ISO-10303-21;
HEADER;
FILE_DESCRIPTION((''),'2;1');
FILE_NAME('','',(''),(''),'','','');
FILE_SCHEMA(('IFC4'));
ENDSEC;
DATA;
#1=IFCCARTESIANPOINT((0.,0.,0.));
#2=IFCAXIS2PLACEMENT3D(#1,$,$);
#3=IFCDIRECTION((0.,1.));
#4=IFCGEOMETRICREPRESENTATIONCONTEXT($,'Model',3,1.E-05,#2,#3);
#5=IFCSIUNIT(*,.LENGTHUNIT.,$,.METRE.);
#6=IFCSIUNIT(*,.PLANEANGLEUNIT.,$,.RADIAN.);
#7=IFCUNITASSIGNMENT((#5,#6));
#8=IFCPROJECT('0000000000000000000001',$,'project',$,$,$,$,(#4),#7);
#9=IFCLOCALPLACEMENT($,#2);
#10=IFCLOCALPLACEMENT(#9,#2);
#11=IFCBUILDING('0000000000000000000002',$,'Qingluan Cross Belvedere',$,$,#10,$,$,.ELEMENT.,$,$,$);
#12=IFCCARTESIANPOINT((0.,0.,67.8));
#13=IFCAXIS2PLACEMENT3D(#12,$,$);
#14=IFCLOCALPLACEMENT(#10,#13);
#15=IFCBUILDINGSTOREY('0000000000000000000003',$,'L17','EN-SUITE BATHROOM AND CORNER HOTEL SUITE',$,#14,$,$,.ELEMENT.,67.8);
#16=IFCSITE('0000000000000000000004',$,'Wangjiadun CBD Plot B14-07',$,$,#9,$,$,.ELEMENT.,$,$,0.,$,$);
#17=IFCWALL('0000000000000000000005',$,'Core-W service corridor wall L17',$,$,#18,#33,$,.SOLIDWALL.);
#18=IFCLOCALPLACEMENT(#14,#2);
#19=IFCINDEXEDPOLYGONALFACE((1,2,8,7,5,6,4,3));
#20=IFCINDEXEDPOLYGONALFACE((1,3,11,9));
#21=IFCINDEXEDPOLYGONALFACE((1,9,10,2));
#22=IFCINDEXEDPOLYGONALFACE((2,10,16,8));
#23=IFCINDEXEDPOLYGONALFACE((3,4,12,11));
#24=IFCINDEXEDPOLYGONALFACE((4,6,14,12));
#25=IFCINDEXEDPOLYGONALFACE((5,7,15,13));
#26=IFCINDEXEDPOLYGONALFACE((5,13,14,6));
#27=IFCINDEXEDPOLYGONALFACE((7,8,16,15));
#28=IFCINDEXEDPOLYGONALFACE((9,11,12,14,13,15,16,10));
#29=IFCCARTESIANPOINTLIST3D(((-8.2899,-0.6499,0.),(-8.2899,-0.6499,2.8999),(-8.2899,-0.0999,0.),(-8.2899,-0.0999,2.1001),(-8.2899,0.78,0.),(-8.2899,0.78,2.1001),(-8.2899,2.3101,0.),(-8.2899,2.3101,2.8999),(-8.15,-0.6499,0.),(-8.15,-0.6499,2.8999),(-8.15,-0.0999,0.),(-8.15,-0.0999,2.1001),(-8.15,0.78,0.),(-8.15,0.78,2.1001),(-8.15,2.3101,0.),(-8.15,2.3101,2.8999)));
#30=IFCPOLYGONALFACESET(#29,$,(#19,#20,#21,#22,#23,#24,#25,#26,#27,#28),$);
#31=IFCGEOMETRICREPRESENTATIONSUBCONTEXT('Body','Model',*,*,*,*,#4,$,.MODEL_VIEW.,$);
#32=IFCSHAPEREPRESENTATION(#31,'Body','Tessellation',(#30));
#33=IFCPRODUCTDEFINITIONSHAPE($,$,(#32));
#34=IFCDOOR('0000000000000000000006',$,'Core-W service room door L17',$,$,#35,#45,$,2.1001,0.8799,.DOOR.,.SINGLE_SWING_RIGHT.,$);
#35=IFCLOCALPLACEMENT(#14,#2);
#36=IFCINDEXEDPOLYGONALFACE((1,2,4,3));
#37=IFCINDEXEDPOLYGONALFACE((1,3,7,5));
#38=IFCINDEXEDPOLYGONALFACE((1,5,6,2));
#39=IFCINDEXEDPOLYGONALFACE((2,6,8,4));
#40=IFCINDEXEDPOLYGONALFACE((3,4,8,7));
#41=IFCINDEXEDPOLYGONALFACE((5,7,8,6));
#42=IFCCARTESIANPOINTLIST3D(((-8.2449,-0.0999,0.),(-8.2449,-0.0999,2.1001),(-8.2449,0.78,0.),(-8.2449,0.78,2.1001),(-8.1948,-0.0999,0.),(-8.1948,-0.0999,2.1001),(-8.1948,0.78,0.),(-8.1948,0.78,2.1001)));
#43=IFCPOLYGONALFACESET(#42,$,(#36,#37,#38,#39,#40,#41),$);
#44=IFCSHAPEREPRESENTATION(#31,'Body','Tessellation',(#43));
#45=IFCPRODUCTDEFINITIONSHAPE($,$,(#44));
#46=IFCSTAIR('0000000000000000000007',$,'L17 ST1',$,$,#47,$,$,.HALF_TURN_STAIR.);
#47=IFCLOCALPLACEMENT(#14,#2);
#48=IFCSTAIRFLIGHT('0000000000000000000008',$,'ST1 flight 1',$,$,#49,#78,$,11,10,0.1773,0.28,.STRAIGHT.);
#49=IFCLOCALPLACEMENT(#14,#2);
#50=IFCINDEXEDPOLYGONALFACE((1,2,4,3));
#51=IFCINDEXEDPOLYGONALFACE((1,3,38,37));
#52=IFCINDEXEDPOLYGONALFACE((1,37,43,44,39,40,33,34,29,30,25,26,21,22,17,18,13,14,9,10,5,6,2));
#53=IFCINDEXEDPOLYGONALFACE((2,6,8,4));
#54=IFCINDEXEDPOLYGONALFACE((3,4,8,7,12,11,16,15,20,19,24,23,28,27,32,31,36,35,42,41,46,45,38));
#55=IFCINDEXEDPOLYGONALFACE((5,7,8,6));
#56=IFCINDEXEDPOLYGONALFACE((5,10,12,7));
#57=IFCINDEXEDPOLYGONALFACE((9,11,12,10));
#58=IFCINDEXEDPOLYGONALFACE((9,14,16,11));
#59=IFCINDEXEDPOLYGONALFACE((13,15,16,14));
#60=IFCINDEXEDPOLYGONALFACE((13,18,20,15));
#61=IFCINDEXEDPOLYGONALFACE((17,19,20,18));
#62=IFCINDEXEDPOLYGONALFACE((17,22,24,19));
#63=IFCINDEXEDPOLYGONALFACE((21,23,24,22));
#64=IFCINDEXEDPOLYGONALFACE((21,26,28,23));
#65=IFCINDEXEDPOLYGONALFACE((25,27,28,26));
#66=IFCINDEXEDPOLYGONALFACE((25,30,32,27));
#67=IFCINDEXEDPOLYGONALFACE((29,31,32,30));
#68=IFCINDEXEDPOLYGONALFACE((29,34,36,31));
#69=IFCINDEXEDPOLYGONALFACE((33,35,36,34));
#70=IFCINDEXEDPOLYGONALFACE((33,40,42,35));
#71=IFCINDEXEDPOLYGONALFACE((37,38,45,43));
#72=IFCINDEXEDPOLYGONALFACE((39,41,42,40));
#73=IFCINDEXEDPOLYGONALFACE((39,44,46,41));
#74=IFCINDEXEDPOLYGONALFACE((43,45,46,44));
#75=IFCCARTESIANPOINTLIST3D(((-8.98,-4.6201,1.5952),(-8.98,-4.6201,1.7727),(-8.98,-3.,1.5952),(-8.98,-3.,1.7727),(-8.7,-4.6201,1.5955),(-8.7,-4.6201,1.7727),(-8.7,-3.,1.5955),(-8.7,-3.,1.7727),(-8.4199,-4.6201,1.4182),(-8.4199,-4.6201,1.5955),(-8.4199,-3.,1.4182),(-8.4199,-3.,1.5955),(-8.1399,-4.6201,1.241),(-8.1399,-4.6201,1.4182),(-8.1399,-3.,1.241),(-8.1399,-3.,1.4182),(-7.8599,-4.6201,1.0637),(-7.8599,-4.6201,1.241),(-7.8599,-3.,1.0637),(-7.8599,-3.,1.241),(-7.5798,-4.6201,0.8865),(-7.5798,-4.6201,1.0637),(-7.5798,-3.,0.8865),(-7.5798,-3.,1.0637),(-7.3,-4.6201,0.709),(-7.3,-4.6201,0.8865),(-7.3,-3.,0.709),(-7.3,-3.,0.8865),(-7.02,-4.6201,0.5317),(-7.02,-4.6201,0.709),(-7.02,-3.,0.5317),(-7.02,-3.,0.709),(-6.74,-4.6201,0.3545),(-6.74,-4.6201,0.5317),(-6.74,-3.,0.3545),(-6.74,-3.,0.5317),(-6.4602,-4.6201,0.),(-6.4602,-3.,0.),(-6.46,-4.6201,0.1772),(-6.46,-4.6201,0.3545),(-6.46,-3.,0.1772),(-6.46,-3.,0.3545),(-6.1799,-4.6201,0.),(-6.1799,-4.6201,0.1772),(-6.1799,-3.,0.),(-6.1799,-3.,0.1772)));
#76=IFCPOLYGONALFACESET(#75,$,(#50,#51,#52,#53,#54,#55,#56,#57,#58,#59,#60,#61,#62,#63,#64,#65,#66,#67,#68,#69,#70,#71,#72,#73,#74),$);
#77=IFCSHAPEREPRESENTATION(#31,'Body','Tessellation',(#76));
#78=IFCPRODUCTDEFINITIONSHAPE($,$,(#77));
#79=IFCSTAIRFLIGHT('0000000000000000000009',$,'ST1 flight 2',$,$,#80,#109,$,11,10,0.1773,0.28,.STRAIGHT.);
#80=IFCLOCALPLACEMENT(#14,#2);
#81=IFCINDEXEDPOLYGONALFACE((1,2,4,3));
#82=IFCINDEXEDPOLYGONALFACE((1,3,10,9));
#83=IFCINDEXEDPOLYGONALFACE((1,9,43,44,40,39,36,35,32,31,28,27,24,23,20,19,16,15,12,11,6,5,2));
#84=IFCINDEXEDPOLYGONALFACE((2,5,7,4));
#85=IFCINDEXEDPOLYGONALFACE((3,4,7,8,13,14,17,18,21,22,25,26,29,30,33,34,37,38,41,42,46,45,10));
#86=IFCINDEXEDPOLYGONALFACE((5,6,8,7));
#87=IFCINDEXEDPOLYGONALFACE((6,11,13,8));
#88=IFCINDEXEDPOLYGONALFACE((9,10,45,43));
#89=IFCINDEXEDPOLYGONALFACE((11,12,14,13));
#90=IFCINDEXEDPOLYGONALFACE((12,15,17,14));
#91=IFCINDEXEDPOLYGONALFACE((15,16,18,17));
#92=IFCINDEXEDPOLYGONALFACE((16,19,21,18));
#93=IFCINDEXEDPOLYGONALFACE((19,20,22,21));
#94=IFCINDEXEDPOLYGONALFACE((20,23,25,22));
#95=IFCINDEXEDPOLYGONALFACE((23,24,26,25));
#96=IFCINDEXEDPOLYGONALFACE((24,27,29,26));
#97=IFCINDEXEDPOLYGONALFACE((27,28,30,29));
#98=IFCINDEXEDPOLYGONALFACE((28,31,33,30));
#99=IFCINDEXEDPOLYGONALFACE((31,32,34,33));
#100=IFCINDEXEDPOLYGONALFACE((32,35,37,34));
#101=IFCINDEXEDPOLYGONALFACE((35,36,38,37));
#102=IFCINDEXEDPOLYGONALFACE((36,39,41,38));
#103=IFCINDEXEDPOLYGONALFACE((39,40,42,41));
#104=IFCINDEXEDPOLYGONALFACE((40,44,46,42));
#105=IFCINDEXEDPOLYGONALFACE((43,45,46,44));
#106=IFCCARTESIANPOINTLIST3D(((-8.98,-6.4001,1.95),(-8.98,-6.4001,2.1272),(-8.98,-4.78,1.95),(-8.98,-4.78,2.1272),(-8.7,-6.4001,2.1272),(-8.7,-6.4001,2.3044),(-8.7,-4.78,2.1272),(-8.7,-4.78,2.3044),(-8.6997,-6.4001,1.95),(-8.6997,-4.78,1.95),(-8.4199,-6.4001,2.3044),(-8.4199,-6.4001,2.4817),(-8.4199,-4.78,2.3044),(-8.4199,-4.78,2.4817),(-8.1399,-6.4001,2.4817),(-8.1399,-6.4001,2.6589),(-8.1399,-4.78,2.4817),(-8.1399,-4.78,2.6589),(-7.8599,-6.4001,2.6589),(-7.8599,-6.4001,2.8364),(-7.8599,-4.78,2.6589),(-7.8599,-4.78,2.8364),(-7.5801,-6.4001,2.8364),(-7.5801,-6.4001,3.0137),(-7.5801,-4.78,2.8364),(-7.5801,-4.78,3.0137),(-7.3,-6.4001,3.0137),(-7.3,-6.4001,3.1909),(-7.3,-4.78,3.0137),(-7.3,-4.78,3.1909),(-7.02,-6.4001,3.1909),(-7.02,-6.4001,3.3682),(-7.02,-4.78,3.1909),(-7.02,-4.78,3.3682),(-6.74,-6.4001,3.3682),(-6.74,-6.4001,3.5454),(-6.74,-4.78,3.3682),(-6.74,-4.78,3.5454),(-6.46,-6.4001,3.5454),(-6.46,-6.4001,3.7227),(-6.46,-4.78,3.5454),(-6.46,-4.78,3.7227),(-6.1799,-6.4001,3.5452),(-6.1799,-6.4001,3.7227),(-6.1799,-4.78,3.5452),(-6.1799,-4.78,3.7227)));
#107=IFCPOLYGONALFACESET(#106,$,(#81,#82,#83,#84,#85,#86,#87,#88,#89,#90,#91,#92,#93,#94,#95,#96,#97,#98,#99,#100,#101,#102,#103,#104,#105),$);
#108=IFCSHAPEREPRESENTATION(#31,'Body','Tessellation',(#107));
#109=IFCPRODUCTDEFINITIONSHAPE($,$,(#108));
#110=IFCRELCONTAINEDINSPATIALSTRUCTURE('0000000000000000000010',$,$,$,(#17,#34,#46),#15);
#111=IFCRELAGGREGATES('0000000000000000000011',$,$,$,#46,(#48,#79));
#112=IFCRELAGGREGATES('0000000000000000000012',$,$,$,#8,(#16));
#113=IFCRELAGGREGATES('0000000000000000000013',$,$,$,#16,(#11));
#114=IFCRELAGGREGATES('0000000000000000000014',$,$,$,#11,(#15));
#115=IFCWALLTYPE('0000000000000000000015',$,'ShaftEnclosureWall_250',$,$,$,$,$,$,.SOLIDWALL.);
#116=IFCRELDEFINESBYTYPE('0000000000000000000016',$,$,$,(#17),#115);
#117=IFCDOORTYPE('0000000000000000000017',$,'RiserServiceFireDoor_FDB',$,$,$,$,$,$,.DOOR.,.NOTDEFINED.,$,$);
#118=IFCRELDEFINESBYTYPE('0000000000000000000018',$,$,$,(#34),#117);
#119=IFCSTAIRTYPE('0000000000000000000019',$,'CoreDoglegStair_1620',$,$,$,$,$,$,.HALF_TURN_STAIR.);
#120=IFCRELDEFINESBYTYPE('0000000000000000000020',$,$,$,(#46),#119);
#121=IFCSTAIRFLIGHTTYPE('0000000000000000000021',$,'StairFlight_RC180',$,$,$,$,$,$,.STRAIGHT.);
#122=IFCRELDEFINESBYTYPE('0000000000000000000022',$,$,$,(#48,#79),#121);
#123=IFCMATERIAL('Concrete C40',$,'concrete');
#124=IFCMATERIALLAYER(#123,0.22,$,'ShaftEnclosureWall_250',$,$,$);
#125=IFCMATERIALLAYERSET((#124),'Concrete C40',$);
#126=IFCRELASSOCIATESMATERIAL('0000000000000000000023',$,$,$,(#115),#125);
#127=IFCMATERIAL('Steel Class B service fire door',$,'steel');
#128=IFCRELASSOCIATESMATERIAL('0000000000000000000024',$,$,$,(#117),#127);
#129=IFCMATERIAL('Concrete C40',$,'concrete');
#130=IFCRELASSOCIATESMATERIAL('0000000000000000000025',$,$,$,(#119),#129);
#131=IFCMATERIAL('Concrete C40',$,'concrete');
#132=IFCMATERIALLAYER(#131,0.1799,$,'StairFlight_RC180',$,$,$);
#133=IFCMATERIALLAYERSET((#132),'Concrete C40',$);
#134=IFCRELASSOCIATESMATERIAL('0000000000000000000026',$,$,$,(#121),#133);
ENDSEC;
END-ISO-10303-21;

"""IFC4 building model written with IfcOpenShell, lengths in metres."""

from ifc_helpers import new_model, si_unit, direction, frame, frame_2d, origin, place, context, subcontext, project, spatial, polyline, rectangle, outline, extrude, material, layer, layer_set, type_object, element, fill, aggregate, save


model = new_model("IFC4")

# Units and contexts
model_context = context("Model", 3, precision=1e-05, world=origin(), true_north=direction((0.0, 1.0)))
body_context = subcontext(model_context, "Body", "Model", "MODEL_VIEW")
ifc_project = project(units=[si_unit("LENGTHUNIT", "METRE"), si_unit("PLANEANGLEUNIT", "RADIAN")], contexts=[model_context])

# Site, building, storey
site_placement = place(None, origin())
site = spatial("IfcSite", under=ifc_project, at=site_placement, Name="Wangjiadun CBD Plot B14-07", CompositionType="ELEMENT", RefElevation=0.0)
building_placement = place(site_placement, origin())
building = spatial("IfcBuilding", under=site, at=building_placement, Name="Qingluan Cross Belvedere", CompositionType="ELEMENT")
storey_placement = place(building_placement, frame((0.0, 0.0, 67.8)))
storey = spatial("IfcBuildingStorey", under=building, at=storey_placement, Name="L17", Description="EN-SUITE BATHROOM AND CORNER HOTEL SUITE", CompositionType="ELEMENT", Elevation=67.8)

# Shared definitions
ifc_material_1 = material(Name="Concrete C40", Category="concrete")
ifc_layer_1 = layer(ifc_material_1, 0.22, Name="ShaftEnclosureWall_250")
ifc_layer_set_1 = layer_set([ifc_layer_1], Name="Concrete C40")
wall_type_1 = type_object("IfcWallType", Name="ShaftEnclosureWall_250", PredefinedType="SOLIDWALL", material=ifc_layer_set_1)

# Wall, opening, door
wall_1_placement = place(storey_placement, frame((-8.22, -0.6499, 0.0), z_axis=(0.0, 0.0, 1.0), x_axis=(0.0, 1.0, 0.0)))
wall_1 = element("IfcWall", 1, at=wall_1_placement, inside=storey, type_object=wall_type_1, Name="Core-W service corridor wall L17", PredefinedType="SOLIDWALL", context=body_context, shape_type="SweptSolid", body=[
    extrude(rectangle(XDim=2.96, YDim=0.1399, at=frame_2d((1.48, 0.0))), origin(), (0.0, 0.0, 1.0), 2.8999),
])
opening_1_placement = place(wall_1_placement, frame((0.55, 0.0, 0.0)))
opening_1 = element("IfcOpeningElement", 2, at=opening_1_placement, cuts=wall_1, PredefinedType="OPENING", context=body_context, shape_type="SweptSolid", body=[
    extrude(rectangle(XDim=0.8799, YDim=2.1001, at=frame_2d((0.4399, 1.05))), frame((0.0, 0.0798, 0.0), z_axis=(0.0, -1.0, 0.0), x_axis=(1.0, 0.0, 0.0)), (0.0, 0.0, 1.0), 0.1599),
])
ifc_material_2 = material(Name="Steel Class B service fire door", Category="steel")
door_type_1 = type_object("IfcDoorType", Name="RiserServiceFireDoor_FDB", OperationType="NOTDEFINED", PredefinedType="DOOR", material=ifc_material_2)
door_1_placement = place(opening_1_placement, origin())
door_1 = element("IfcDoor", 3, at=door_1_placement, inside=storey, type_object=door_type_1, Name="Core-W service room door L17", OperationType="SINGLE_SWING_RIGHT", OverallHeight=2.1001, OverallWidth=0.8799, PredefinedType="DOOR", context=body_context, shape_type="SweptSolid", body=[
    extrude(rectangle(XDim=0.8799, YDim=2.1001, at=frame_2d((0.4399, 1.05))), frame((0.0, 0.0249, 0.0), z_axis=(0.0, -1.0, 0.0), x_axis=(1.0, 0.0, 0.0)), (0.0, 0.0, 1.0), 0.05),
])
fill(opening_1, door_1)

# Stair, stair flights
ifc_material_3 = material(Name="Concrete C40", Category="concrete")
stair_type = type_object("IfcStairType", Name="CoreDoglegStair_1620", PredefinedType="HALF_TURN_STAIR", material=ifc_material_3)
stair_placement = place(storey_placement, origin())
stair = element("IfcStair", 4, at=stair_placement, inside=storey, type_object=stair_type, Name="L17 ST1", PredefinedType="HALF_TURN_STAIR")
ifc_material_4 = material(Name="Concrete C40", Category="concrete")
ifc_layer_2 = layer(ifc_material_4, 0.1799, Name="StairFlight_RC180")
ifc_layer_set_2 = layer_set([ifc_layer_2], Name="Concrete C40")
stair_flight_type = type_object("IfcStairFlightType", Name="StairFlight_RC180", PredefinedType="STRAIGHT", material=ifc_layer_set_2)
stair_flight_1_placement = place(storey_placement, frame((-6.1799, -3.8101, 0.0), z_axis=(0.0, 0.0, 1.0), x_axis=(-1.0, 0.0, 0.0)))
stair_flight_1 = element("IfcStairFlight", 5, at=stair_flight_1_placement, type_object=stair_flight_type, Name="ST1 flight 1", NumberOfRisers=11, NumberOfTreads=10, PredefinedType="STRAIGHT", RiserHeight=0.1773, TreadLength=0.28, context=body_context, shape_type="SweptSolid", body=[
    extrude(outline(polyline([(0.0, 0.0), (0.0, 0.1772), (0.28, 0.1772), (0.28, 0.3545), (0.5601, 0.3545), (0.5601, 0.5317), (0.8401, 0.5317), (0.8401, 0.709), (1.1201, 0.709), (1.1201, 0.8865), (1.3999, 0.8865), (1.3999, 1.0637), (1.6799, 1.0637), (1.6799, 1.241), (1.96, 1.241), (1.96, 1.4182), (2.24, 1.4182), (2.24, 1.5955), (2.52, 1.5955), (2.52, 1.7727), (2.8, 1.7727), (2.8, 1.95), (2.8, 1.5952), (0.2803, 0.0), (0.0, 0.0)])), frame((0.0, 0.8101, 0.0), z_axis=(0.0, -1.0, 0.0), x_axis=(1.0, 0.0, 0.0)), (0.0, 0.0, 1.0), 1.6201),
])
stair_flight_2_placement = place(storey_placement, frame((-8.98, -5.5901, 1.95), z_axis=(0.0, 0.0, 1.0), x_axis=(1.0, 0.0, 0.0)))
stair_flight_2 = element("IfcStairFlight", 6, at=stair_flight_2_placement, type_object=stair_flight_type, Name="ST1 flight 2", NumberOfRisers=11, NumberOfTreads=10, PredefinedType="STRAIGHT", RiserHeight=0.1773, TreadLength=0.28, context=body_context, shape_type="SweptSolid", body=[
    extrude(outline(polyline([(0.0, 0.0), (0.0, 0.1772), (0.28, 0.1772), (0.28, 0.3545), (0.5601, 0.3545), (0.5601, 0.5317), (0.8401, 0.5317), (0.8401, 0.709), (1.1201, 0.709), (1.1201, 0.8865), (1.3999, 0.8865), (1.3999, 1.0637), (1.6799, 1.0637), (1.6799, 1.241), (1.96, 1.241), (1.96, 1.4182), (2.24, 1.4182), (2.24, 1.5955), (2.52, 1.5955), (2.52, 1.7727), (2.8, 1.7727), (2.8, 1.95), (2.8, 1.5952), (0.2803, 0.0), (0.0, 0.0)])), frame((0.0, 0.8101, 0.0), z_axis=(0.0, -1.0, 0.0), x_axis=(1.0, 0.0, 0.0)), (0.0, 0.0, 1.0), 1.6201),
])
aggregate(stair, [stair_flight_1, stair_flight_2])

save(model, "model.ifc")
